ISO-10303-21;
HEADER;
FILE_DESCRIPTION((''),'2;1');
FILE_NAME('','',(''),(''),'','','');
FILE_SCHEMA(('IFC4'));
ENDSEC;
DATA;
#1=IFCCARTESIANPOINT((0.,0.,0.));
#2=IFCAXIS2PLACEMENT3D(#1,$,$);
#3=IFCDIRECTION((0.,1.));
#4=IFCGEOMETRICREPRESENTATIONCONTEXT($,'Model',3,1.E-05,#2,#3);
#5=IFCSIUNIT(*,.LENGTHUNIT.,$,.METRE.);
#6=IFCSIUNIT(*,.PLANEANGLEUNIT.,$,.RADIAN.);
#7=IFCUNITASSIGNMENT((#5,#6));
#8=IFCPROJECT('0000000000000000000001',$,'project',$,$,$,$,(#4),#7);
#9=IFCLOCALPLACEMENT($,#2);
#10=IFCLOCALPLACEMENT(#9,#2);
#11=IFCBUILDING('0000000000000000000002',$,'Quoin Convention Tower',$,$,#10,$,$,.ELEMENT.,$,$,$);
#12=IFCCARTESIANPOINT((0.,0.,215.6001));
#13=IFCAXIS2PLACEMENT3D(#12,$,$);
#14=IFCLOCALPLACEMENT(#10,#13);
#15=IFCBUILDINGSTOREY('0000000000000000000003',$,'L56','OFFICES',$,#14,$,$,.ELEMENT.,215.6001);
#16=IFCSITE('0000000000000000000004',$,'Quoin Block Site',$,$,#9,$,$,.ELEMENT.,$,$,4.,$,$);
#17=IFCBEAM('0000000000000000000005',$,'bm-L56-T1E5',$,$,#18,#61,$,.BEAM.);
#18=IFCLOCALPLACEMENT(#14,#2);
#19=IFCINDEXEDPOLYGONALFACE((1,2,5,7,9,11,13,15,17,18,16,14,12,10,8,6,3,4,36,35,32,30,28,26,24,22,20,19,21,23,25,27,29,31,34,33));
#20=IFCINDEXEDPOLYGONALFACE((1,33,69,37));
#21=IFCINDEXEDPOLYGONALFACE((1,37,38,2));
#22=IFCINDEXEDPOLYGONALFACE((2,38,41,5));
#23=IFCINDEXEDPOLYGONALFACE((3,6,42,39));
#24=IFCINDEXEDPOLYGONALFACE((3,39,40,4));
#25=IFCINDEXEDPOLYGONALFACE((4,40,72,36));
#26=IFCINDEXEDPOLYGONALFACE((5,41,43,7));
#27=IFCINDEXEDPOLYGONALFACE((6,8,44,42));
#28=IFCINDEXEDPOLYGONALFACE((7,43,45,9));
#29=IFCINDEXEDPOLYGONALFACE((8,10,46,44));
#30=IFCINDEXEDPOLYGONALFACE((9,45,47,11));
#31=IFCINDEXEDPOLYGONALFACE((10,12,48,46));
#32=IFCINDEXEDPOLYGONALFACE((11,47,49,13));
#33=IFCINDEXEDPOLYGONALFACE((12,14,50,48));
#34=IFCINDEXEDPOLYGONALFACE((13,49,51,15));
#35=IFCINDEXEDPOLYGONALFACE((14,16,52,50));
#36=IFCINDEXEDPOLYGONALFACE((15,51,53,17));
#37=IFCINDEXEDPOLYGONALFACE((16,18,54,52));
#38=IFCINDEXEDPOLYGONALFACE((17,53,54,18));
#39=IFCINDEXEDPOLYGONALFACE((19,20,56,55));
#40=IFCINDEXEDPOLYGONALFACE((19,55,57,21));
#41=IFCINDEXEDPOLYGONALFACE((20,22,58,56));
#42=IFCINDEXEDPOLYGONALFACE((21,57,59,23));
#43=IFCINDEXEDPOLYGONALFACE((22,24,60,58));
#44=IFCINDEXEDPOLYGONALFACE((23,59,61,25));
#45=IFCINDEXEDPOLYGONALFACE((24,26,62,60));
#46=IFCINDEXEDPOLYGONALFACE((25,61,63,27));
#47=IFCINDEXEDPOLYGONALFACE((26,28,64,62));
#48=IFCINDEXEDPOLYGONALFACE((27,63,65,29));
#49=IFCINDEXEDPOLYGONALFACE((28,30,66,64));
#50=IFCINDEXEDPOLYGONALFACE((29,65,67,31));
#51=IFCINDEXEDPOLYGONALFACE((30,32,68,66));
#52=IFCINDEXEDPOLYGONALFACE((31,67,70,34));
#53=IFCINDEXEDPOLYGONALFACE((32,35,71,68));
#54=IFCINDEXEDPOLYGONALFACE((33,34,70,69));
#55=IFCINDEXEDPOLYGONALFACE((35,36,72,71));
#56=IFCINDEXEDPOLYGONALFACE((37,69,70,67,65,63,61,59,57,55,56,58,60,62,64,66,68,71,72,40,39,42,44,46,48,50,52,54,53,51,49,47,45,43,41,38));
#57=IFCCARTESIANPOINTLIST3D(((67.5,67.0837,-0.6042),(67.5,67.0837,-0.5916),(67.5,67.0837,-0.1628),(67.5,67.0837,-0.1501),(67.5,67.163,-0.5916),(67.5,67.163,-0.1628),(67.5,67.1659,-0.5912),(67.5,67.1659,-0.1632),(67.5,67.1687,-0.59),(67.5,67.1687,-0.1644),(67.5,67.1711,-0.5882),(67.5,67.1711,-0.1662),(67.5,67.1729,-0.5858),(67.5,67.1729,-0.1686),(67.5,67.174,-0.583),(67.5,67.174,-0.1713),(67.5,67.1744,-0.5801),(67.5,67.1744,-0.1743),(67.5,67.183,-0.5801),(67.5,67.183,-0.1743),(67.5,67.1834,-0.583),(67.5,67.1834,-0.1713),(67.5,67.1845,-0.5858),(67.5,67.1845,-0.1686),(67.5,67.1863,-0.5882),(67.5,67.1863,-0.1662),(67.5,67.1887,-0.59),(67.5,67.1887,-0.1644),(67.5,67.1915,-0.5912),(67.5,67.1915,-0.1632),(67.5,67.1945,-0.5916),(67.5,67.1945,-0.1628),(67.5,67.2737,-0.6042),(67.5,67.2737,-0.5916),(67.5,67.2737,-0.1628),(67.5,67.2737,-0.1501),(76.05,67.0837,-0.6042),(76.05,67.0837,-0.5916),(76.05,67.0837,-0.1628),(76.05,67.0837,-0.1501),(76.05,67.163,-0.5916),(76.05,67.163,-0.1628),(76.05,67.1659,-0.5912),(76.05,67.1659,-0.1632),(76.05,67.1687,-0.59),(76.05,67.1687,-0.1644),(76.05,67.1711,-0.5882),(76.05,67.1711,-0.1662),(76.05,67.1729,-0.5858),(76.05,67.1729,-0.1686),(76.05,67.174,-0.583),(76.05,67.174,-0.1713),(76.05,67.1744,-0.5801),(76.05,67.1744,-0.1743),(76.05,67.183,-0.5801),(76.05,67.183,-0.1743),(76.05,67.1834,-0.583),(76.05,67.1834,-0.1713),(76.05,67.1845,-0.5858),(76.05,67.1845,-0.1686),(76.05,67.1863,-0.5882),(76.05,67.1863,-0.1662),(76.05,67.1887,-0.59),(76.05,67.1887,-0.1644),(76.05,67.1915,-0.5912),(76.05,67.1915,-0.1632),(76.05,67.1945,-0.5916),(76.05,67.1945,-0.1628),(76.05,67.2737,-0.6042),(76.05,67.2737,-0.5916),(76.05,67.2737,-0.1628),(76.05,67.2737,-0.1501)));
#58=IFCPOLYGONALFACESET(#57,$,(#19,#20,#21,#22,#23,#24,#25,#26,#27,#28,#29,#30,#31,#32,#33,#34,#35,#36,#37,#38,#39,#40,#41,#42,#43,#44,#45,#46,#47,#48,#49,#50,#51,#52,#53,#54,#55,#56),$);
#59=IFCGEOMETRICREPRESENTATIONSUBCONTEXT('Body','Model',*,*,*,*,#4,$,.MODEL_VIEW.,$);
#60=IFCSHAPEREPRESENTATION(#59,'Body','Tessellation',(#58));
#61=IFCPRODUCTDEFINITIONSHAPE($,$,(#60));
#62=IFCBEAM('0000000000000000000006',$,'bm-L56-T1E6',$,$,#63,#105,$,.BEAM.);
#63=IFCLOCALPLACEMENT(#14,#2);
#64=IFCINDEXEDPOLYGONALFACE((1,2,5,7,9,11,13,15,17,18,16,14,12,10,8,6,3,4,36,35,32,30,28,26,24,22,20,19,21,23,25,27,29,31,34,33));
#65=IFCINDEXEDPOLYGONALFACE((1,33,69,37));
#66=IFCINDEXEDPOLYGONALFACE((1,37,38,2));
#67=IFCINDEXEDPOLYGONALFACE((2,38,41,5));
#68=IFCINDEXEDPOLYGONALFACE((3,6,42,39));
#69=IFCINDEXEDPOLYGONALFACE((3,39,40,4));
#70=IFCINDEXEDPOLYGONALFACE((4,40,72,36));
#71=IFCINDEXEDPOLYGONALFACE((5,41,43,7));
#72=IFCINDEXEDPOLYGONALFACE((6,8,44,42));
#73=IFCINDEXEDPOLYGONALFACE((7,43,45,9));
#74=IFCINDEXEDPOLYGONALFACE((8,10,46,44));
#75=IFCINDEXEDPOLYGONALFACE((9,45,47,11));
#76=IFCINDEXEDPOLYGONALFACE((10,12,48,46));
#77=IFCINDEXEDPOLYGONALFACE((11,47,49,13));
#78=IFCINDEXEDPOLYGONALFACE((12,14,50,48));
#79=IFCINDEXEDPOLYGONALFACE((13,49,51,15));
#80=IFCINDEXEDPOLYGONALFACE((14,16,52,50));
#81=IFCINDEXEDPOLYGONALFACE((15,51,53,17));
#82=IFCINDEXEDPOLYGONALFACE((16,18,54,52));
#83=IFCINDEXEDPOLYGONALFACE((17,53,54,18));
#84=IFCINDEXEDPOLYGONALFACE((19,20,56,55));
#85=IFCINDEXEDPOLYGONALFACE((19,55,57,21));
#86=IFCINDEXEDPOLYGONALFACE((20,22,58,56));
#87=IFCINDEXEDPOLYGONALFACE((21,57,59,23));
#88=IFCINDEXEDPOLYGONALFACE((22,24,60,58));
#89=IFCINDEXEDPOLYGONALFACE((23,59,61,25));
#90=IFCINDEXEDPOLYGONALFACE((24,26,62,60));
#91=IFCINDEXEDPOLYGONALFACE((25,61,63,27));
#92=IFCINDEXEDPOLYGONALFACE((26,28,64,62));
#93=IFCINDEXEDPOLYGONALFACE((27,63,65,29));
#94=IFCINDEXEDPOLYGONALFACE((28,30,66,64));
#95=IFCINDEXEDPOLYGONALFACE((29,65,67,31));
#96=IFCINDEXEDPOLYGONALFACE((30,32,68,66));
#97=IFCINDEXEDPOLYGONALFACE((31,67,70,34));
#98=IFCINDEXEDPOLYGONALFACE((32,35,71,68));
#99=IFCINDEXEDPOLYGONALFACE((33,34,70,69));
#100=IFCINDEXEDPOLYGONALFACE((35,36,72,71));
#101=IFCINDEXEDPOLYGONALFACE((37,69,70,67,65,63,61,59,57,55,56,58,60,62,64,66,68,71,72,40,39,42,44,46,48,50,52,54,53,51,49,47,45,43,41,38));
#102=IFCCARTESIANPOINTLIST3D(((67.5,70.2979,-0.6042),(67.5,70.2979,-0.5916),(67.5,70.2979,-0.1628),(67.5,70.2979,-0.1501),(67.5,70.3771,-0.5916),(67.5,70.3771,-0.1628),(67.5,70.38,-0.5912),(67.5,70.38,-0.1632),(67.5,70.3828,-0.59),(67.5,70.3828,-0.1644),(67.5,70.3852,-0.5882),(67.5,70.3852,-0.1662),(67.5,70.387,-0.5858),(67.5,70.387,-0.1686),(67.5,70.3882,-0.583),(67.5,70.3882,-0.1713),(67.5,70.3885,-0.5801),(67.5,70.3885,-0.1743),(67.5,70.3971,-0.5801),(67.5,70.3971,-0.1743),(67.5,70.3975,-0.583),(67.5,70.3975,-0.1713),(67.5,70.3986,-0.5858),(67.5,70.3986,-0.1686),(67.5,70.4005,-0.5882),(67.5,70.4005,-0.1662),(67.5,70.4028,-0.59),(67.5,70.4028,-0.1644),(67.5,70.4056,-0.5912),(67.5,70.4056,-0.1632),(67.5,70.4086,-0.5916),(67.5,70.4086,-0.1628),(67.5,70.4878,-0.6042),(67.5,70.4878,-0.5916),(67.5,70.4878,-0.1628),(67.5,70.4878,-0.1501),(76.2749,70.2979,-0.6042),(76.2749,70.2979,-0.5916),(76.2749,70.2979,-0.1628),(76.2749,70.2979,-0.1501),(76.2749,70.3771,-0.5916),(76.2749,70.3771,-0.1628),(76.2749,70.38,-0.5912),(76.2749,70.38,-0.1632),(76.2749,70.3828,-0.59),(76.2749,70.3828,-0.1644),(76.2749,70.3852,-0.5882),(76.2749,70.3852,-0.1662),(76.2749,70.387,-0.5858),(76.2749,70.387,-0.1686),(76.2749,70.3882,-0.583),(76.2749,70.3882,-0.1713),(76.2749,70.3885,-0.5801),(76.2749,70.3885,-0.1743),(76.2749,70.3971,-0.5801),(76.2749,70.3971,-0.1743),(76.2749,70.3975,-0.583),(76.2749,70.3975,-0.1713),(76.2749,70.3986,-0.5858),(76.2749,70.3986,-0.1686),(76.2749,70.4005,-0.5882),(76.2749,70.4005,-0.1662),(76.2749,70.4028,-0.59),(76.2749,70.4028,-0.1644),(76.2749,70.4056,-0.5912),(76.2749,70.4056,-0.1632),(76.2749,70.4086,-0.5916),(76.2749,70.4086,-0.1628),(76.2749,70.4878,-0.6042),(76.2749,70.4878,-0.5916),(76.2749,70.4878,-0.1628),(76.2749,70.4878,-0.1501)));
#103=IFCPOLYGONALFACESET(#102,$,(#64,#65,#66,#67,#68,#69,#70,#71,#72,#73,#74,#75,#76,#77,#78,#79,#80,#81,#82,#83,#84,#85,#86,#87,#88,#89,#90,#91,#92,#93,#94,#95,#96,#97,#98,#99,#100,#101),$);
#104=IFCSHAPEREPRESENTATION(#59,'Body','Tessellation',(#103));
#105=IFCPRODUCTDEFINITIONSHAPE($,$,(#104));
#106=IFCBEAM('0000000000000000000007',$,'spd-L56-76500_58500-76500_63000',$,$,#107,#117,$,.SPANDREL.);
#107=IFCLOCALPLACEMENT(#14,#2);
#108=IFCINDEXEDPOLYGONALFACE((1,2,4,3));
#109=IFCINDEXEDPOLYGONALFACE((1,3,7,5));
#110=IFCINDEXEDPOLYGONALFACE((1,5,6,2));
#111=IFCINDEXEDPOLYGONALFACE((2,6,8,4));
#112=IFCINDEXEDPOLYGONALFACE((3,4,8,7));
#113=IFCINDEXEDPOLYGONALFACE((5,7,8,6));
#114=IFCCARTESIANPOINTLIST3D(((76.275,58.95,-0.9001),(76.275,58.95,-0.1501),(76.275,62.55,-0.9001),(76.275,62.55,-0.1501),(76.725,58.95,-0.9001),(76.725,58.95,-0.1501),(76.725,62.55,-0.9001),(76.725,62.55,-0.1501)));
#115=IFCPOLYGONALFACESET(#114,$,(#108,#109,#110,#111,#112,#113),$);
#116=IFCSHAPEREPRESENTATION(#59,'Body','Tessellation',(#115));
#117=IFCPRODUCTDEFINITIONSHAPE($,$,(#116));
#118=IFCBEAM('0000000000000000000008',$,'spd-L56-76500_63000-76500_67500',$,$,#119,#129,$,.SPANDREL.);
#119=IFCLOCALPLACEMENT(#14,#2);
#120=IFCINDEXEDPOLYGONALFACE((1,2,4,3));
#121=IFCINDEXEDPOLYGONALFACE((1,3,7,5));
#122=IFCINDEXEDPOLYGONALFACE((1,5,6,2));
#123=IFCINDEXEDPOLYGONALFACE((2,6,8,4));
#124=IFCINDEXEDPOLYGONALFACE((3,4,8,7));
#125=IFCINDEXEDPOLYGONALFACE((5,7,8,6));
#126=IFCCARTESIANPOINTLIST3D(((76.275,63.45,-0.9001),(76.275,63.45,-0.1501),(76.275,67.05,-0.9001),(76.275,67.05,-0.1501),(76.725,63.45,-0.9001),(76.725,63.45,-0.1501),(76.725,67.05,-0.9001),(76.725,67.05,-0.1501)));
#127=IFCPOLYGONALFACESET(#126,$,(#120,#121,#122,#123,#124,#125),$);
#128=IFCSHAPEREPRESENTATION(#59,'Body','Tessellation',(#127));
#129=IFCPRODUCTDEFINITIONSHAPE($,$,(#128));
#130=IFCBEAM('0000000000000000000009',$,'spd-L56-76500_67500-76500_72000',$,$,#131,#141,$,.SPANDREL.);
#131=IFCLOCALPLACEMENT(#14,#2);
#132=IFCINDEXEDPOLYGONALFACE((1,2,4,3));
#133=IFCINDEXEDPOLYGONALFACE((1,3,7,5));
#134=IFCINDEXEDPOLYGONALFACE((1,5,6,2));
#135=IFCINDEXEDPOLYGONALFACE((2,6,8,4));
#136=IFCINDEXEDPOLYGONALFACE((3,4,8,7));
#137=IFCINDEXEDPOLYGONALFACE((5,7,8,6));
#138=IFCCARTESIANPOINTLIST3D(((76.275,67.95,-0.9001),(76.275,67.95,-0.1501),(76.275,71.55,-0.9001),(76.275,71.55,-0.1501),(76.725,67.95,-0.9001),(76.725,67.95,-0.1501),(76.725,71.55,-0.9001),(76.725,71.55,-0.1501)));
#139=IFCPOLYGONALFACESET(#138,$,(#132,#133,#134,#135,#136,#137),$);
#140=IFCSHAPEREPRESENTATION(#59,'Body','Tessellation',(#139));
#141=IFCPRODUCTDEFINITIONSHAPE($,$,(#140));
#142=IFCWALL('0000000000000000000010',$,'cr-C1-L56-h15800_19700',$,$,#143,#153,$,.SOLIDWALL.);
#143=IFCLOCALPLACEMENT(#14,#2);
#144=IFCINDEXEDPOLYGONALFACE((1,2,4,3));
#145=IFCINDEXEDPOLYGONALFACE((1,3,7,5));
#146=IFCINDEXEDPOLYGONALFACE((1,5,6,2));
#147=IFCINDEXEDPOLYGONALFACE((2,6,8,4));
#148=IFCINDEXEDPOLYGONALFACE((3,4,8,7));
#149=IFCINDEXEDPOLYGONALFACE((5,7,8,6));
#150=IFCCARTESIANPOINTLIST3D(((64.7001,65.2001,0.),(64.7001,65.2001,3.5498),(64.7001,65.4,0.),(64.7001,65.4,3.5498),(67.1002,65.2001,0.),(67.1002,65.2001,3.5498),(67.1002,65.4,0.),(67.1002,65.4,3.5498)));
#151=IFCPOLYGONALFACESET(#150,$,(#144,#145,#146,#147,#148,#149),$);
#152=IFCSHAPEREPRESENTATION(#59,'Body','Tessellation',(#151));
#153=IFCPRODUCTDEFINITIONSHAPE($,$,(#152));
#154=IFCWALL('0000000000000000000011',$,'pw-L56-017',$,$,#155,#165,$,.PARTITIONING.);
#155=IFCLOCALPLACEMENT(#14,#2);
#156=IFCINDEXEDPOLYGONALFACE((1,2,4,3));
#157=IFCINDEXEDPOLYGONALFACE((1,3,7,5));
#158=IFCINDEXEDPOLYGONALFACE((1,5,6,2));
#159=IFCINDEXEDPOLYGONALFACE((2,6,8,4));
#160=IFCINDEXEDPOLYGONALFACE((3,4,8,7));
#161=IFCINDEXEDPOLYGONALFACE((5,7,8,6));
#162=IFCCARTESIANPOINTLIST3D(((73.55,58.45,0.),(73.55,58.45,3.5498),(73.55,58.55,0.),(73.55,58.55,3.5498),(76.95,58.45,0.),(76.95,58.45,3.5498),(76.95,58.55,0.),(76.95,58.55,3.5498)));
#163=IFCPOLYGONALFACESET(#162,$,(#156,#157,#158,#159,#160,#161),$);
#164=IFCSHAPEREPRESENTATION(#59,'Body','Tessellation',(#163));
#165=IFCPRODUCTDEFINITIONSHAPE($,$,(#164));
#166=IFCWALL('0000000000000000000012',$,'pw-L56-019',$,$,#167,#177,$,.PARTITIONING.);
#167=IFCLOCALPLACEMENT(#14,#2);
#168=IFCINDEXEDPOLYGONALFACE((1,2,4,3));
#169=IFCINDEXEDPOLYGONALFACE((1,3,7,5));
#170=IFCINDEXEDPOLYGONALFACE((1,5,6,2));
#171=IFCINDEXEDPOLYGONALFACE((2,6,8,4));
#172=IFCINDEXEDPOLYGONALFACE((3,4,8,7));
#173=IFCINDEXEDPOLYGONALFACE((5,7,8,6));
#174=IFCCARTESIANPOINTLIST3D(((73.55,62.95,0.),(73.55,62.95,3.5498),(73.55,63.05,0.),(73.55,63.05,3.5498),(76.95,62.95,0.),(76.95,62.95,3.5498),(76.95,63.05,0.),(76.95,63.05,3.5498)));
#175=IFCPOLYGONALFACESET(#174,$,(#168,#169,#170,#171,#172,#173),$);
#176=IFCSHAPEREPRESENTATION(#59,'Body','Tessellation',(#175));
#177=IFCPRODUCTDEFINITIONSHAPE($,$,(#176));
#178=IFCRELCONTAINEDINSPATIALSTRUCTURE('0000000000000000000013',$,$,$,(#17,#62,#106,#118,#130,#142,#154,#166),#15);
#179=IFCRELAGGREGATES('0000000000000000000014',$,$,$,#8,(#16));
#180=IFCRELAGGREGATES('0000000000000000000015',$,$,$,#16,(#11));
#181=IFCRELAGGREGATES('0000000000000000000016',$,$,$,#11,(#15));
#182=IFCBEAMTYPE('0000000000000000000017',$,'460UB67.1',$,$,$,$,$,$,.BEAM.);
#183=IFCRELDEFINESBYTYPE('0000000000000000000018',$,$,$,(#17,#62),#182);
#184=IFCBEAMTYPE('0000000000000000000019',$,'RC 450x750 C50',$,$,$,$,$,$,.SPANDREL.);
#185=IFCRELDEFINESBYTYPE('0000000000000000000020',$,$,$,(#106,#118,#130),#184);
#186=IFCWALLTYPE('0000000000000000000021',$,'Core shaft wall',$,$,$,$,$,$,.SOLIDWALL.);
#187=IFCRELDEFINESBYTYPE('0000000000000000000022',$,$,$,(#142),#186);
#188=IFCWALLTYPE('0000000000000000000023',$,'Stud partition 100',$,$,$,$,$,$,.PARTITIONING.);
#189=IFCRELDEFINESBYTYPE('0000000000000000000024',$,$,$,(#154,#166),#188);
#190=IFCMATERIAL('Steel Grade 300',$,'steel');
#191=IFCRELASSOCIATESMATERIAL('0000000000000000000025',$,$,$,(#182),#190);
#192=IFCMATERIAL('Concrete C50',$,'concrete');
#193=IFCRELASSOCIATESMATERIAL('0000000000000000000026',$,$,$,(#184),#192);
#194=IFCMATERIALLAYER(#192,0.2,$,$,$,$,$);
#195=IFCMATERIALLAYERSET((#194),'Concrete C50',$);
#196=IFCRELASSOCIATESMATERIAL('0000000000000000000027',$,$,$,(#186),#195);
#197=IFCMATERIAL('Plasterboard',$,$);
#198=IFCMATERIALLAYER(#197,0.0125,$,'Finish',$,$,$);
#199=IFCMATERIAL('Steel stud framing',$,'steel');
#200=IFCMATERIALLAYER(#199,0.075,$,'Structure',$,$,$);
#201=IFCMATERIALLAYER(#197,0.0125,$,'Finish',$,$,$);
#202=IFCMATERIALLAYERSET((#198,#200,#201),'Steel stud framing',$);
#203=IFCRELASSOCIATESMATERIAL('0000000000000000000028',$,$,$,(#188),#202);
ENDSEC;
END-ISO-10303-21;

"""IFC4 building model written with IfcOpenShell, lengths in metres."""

from ifc_helpers import new_model, si_unit, direction, frame, frame_2d, origin, origin_2d, place, context, subcontext, project, spatial, rectangle, i_section, extrude, material, layer, layer_set, material_profile, profile_set, type_object, element, save


model = new_model("IFC4")

# Units and contexts
model_context = context("Model", 3, precision=1e-05, world=origin(), true_north=direction((0.0, 1.0)))
body_context = subcontext(model_context, "Body", "Model", "MODEL_VIEW")
ifc_project = project(units=[si_unit("LENGTHUNIT", "METRE"), si_unit("PLANEANGLEUNIT", "RADIAN")], contexts=[model_context])

# Site, building, storey
site_placement = place(None, origin())
site = spatial("IfcSite", under=ifc_project, at=site_placement, Name="Quoin Block Site", CompositionType="ELEMENT", RefElevation=4.0)
building_placement = place(site_placement, origin())
building = spatial("IfcBuilding", under=site, at=building_placement, Name="Quoin Convention Tower", CompositionType="ELEMENT")
storey_placement = place(building_placement, frame((0.0, 0.0, 215.6001)))
storey = spatial("IfcBuildingStorey", under=building, at=storey_placement, Name="L56", Description="OFFICES", CompositionType="ELEMENT", Elevation=215.6001)

# Shared definitions
ifc_material_1 = material(Name="Concrete C50", Category="concrete")

# Beams
ifc_material_2 = material(Name="Steel Grade 300", Category="steel")
ifc_material_profile_1 = material_profile(ifc_material_2, i_section(OverallWidth=0.1899, OverallDepth=0.4541, WebThickness=0.0085, FlangeThickness=0.0127, FilletRadius=0.0115, at=origin_2d()), Name="460UB67.1")
ifc_profile_set_1 = profile_set([ifc_material_profile_1], Name="Steel Grade 300")
beam_type_1 = type_object("IfcBeamType", Name="460UB67.1", PredefinedType="BEAM", material=ifc_profile_set_1)
beam_1_placement = place(storey_placement, frame((67.5, 67.1787, -0.3772), z_axis=(1.0, 0.0, 0.0), x_axis=(0.0, 1.0, 0.0)))
element("IfcBeam", 1, at=beam_1_placement, inside=storey, type_object=beam_type_1, Name="bm-L56-T1E5", PredefinedType="BEAM", context=body_context, shape_type="SweptSolid", body=[
    extrude(i_section(OverallWidth=0.1899, OverallDepth=0.4541, WebThickness=0.0085, FlangeThickness=0.0127, FilletRadius=0.0115, at=origin_2d()), origin(), (0.0, 0.0, 1.0), 8.55),
])
beam_2_placement = place(storey_placement, frame((67.5, 70.3928, -0.3772), z_axis=(1.0, 0.0, 0.0), x_axis=(0.0, 1.0, 0.0)))
element("IfcBeam", 2, at=beam_2_placement, inside=storey, type_object=beam_type_1, Name="bm-L56-T1E6", PredefinedType="BEAM", context=body_context, shape_type="SweptSolid", body=[
    extrude(i_section(OverallWidth=0.1899, OverallDepth=0.4541, WebThickness=0.0085, FlangeThickness=0.0127, FilletRadius=0.0115, at=origin_2d()), origin(), (0.0, 0.0, 1.0), 8.7749),
])
ifc_material_profile_2 = material_profile(ifc_material_1, rectangle(XDim=0.45, YDim=0.75, at=origin_2d()), Name="RC 450x750")
ifc_profile_set_2 = profile_set([ifc_material_profile_2], Name="Concrete C50")
beam_type_2 = type_object("IfcBeamType", Name="RC 450x750 C50", PredefinedType="SPANDREL", material=ifc_profile_set_2)
for number, where, z_axis, x_axis, name in (
    (3, (76.5, 58.95, -0.5251), (0.0, 1.0, 0.0), (-1.0, 0.0, 0.0), "spd-L56-76500_58500-76500_63000"),
    (4, (76.5, 63.45, -0.5251), (0.0, 1.0, 0.0), (-1.0, 0.0, 0.0), "spd-L56-76500_63000-76500_67500"),
    (5, (76.5, 67.95, -0.5251), (0.0, 1.0, 0.0), (-1.0, 0.0, 0.0), "spd-L56-76500_67500-76500_72000"),
):
    element("IfcBeam", number, at=place(storey_placement, frame(where, z_axis=z_axis, x_axis=x_axis)), inside=storey, type_object=beam_type_2, Name=name, PredefinedType="SPANDREL", context=body_context, shape_type="SweptSolid", body=[
        extrude(rectangle(XDim=0.45, YDim=0.75, at=origin_2d()), origin(), (0.0, 0.0, 1.0), 3.6001),
    ])

# Walls
ifc_layer_1 = layer(ifc_material_1, 0.2)
ifc_layer_set_1 = layer_set([ifc_layer_1], Name="Concrete C50")
wall_type_1 = type_object("IfcWallType", Name="Core shaft wall", PredefinedType="SOLIDWALL", material=ifc_layer_set_1)
wall_1_placement = place(storey_placement, frame((64.7, 65.3, 0.0), z_axis=(0.0, 0.0, 1.0), x_axis=(1.0, 0.0, 0.0)))
element("IfcWall", 6, at=wall_1_placement, inside=storey, type_object=wall_type_1, Name="cr-C1-L56-h15800_19700", PredefinedType="SOLIDWALL", context=body_context, shape_type="SweptSolid", body=[
    extrude(rectangle(XDim=2.4001, YDim=0.2, at=frame_2d((1.2002, 0.0))), origin(), (0.0, 0.0, 1.0), 3.5498),
])
ifc_material_3 = material(Name="Plasterboard")
ifc_layer_2 = layer(ifc_material_3, 0.0125, Name="Finish")
ifc_material_4 = material(Name="Steel stud framing", Category="steel")
ifc_layer_3 = layer(ifc_material_4, 0.075, Name="Structure")
ifc_layer_4 = layer(ifc_material_3, 0.0125, Name="Finish")
ifc_layer_set_2 = layer_set([ifc_layer_2, ifc_layer_3, ifc_layer_4], Name="Steel stud framing")
wall_type_2 = type_object("IfcWallType", Name="Stud partition 100", PredefinedType="PARTITIONING", material=ifc_layer_set_2)
for number, where, z_axis, x_axis, name in (
    (7, (73.55, 58.5, 0.0), (0.0, 0.0, 1.0), (1.0, 0.0, 0.0), "pw-L56-017"),
    (8, (73.55, 63.0, 0.0), (0.0, 0.0, 1.0), (1.0, 0.0, 0.0), "pw-L56-019"),
):
    element("IfcWall", number, at=place(storey_placement, frame(where, z_axis=z_axis, x_axis=x_axis)), inside=storey, type_object=wall_type_2, Name=name, PredefinedType="PARTITIONING", context=body_context, shape_type="SweptSolid", body=[
        extrude(rectangle(XDim=3.3999, YDim=0.1001, at=frame_2d((1.7, 0.0))), origin(), (0.0, 0.0, 1.0), 3.5498),
    ])

save(model, "model.ifc")
